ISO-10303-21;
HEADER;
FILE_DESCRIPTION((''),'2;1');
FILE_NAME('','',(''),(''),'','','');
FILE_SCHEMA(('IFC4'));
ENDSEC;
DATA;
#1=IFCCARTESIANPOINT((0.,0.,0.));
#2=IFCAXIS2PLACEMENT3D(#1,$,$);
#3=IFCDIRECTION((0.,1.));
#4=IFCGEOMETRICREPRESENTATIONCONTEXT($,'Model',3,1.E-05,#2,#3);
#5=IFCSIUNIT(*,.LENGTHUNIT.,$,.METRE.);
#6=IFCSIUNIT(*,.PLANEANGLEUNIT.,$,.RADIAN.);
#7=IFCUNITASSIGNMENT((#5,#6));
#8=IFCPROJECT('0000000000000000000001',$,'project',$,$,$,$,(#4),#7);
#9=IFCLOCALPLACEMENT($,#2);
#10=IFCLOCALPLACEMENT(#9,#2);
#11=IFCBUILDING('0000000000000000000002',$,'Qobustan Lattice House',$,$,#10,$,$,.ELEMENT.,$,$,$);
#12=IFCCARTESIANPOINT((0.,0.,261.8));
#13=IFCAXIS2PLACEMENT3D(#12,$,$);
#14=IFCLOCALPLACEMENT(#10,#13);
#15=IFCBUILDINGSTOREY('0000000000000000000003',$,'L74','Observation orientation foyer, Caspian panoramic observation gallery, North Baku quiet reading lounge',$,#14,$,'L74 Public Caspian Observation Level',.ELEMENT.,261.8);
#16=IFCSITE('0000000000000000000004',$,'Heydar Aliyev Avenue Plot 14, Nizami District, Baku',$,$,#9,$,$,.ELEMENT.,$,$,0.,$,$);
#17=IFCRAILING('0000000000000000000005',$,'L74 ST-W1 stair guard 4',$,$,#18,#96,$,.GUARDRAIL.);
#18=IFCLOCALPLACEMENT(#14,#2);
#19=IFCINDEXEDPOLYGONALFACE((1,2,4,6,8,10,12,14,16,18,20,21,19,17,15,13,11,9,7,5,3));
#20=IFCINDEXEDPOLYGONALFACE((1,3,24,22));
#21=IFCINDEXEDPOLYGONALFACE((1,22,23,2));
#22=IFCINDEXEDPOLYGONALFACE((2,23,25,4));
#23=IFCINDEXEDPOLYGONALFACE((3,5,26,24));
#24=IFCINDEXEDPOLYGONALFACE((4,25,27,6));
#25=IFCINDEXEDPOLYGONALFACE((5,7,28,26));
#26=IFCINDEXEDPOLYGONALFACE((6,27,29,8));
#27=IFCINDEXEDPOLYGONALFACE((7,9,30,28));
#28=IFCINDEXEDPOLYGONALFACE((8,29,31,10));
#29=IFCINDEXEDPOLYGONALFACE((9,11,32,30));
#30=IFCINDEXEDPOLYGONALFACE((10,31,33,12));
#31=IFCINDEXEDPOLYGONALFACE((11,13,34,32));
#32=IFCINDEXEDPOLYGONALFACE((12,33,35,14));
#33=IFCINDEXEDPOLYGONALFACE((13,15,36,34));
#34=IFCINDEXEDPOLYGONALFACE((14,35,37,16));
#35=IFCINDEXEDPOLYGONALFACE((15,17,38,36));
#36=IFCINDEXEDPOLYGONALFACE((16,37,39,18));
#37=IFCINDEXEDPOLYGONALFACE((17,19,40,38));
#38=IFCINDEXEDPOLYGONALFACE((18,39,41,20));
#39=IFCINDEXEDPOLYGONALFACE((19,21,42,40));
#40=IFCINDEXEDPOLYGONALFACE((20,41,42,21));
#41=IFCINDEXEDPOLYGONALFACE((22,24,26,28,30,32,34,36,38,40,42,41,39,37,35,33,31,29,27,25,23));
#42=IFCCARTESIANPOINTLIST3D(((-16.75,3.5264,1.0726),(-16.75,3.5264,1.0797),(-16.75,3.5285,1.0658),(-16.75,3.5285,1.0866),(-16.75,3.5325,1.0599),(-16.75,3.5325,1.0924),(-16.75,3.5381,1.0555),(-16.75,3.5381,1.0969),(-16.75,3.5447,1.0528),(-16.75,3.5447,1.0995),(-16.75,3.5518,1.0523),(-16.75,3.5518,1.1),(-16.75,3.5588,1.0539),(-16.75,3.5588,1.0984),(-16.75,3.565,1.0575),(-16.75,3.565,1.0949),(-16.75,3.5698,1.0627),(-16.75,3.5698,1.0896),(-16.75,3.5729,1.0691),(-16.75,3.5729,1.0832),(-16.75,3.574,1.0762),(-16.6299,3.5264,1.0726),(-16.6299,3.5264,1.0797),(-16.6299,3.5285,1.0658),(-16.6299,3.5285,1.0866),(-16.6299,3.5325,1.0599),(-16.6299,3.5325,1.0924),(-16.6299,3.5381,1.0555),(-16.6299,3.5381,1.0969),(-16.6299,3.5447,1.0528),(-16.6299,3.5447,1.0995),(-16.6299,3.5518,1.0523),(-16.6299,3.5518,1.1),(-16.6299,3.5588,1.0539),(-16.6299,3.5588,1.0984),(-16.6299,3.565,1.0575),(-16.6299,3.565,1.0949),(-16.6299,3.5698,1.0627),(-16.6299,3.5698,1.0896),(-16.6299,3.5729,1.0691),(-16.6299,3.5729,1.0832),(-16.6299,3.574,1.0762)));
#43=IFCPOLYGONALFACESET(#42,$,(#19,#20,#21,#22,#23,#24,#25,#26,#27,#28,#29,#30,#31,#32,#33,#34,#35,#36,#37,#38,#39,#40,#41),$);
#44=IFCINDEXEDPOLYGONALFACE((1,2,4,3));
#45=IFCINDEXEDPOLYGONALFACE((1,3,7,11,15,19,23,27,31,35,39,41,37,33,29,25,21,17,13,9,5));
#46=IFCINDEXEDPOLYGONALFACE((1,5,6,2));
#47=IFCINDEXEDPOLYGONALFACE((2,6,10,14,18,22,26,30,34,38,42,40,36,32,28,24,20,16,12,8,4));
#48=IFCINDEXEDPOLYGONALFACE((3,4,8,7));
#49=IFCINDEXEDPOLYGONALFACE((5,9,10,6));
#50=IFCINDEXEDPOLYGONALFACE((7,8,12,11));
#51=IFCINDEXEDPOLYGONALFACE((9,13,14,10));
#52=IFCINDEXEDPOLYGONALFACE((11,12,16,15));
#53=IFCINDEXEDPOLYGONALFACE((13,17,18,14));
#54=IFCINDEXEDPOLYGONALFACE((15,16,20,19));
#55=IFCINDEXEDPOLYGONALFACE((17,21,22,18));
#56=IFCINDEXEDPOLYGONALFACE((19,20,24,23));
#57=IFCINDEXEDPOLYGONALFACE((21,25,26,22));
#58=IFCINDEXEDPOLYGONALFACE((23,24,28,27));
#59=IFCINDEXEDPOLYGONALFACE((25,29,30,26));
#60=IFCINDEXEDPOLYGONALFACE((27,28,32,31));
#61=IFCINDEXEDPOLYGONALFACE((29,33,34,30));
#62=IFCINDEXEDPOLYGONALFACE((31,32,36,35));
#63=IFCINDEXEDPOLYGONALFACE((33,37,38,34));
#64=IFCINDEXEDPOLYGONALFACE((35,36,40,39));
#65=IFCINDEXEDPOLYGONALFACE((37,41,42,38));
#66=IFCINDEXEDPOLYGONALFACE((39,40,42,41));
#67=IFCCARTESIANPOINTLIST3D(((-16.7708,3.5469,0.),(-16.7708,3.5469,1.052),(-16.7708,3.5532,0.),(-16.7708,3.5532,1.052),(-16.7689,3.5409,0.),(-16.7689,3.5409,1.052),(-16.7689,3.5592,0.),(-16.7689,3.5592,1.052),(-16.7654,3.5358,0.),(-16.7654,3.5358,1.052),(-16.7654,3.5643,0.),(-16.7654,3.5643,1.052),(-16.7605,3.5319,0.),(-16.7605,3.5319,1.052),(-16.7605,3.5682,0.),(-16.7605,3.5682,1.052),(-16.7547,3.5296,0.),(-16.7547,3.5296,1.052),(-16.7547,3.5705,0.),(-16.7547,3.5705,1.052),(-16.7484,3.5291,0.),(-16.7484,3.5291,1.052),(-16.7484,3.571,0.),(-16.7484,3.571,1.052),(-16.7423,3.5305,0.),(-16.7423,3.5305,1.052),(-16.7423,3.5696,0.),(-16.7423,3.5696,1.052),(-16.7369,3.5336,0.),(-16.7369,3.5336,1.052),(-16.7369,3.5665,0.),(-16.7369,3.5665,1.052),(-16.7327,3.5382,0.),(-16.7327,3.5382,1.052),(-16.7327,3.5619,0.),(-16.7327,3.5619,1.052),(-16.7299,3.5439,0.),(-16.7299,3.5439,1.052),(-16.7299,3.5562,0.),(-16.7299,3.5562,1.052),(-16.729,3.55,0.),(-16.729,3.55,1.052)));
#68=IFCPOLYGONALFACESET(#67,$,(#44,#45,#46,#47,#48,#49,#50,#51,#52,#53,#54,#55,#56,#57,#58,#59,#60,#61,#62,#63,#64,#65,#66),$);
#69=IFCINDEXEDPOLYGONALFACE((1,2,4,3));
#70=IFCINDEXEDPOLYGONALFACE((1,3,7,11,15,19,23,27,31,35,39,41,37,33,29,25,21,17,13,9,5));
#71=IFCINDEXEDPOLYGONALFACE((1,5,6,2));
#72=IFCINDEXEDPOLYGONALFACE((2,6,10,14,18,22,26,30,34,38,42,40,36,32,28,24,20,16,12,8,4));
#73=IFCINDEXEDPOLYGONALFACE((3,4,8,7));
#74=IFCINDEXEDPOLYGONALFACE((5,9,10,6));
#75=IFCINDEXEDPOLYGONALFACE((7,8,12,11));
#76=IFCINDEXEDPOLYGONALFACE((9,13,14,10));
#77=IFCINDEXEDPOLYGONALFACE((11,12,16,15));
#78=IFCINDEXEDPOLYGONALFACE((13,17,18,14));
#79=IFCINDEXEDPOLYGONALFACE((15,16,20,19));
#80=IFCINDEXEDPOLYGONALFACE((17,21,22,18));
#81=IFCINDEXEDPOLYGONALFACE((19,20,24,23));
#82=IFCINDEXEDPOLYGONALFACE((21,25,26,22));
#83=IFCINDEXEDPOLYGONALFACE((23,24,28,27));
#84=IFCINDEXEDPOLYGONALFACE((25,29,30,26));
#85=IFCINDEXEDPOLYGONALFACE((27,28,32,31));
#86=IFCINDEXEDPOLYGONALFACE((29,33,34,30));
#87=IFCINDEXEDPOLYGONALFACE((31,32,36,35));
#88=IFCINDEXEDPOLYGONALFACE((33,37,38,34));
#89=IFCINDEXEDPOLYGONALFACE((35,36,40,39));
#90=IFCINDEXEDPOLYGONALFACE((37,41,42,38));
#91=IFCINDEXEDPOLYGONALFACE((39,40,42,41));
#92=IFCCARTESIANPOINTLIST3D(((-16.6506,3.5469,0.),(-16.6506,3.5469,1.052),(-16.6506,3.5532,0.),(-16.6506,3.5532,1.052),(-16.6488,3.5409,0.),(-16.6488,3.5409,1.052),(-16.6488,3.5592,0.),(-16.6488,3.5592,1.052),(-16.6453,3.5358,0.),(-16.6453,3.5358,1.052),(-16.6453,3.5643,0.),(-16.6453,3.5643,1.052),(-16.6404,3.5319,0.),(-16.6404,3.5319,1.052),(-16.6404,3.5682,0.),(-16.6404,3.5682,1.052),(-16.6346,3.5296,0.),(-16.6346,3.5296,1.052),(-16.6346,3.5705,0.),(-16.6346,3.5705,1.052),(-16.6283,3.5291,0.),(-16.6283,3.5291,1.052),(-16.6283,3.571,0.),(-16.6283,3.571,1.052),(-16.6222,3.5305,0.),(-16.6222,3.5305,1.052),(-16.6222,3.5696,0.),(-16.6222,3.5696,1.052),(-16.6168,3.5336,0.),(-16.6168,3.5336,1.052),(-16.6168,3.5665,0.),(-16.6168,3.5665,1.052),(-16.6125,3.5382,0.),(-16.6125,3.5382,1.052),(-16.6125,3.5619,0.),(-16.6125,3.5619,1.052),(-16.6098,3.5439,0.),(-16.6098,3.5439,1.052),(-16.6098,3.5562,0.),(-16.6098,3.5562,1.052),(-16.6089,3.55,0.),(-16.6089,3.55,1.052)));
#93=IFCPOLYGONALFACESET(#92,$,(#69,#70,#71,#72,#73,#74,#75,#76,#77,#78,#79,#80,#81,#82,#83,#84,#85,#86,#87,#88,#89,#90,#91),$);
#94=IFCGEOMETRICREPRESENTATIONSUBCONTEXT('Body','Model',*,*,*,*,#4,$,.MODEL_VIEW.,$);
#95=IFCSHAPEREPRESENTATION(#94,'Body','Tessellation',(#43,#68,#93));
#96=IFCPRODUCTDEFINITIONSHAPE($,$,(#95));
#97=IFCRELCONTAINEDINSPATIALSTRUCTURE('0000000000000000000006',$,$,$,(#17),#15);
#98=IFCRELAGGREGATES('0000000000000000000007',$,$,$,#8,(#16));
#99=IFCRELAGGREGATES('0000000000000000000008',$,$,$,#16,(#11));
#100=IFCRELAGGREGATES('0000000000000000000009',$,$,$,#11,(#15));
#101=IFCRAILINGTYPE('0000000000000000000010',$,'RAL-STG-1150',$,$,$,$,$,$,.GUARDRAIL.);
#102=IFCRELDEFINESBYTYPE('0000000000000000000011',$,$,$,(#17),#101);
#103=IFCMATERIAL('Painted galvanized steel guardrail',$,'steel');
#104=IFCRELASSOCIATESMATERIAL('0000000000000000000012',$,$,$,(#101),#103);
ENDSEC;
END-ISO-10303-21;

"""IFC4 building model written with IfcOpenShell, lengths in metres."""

from ifc_helpers import new_model, si_unit, direction, frame, origin, origin_2d, place, context, subcontext, project, spatial, circle, extrude, material, type_object, element, save


model = new_model("IFC4")

# Units and contexts
model_context = context("Model", 3, precision=1e-05, world=origin(), true_north=direction((0.0, 1.0)))
body_context = subcontext(model_context, "Body", "Model", "MODEL_VIEW")
ifc_project = project(units=[si_unit("LENGTHUNIT", "METRE"), si_unit("PLANEANGLEUNIT", "RADIAN")], contexts=[model_context])

# Site, building, storey
site_placement = place(None, origin())
site = spatial("IfcSite", under=ifc_project, at=site_placement, Name="Heydar Aliyev Avenue Plot 14, Nizami District, Baku", CompositionType="ELEMENT", RefElevation=0.0)
building_placement = place(site_placement, origin())
building = spatial("IfcBuilding", under=site, at=building_placement, Name="Qobustan Lattice House", CompositionType="ELEMENT")
storey_placement = place(building_placement, frame((0.0, 0.0, 261.8)))
storey = spatial("IfcBuildingStorey", under=building, at=storey_placement, Name="L74", Description="Observation orientation foyer, Caspian panoramic observation gallery, North Baku quiet reading lounge", LongName="L74 Public Caspian Observation Level", CompositionType="ELEMENT", Elevation=261.8)

# Railing
ifc_material_1 = material(Name="Painted galvanized steel guardrail", Category="steel")
railing_type = type_object("IfcRailingType", Name="RAL-STG-1150", PredefinedType="GUARDRAIL", material=ifc_material_1)
railing_1_placement = place(storey_placement, frame((-16.75, 3.55, 0.0)))
element("IfcRailing", 1, at=railing_1_placement, inside=storey, type_object=railing_type, Name="L74 ST-W1 stair guard 4", PredefinedType="GUARDRAIL", context=body_context, shape_type="SweptSolid", body=[
    extrude(circle(Radius=0.0239, at=origin_2d()), frame((0.0, 0.0, 1.0762), z_axis=(1.0, 0.0, 0.0), x_axis=(0.0, 1.0, 0.0)), (0.0, 0.0, 1.0), 0.1201),
    extrude(circle(Radius=0.021, at=origin_2d()), origin(), (0.0, 0.0, 1.0), 1.052),
    extrude(circle(Radius=0.021, at=origin_2d()), frame((0.1201, 0.0, 0.0)), (0.0, 0.0, 1.0), 1.052),
])

save(model, "model.ifc")
